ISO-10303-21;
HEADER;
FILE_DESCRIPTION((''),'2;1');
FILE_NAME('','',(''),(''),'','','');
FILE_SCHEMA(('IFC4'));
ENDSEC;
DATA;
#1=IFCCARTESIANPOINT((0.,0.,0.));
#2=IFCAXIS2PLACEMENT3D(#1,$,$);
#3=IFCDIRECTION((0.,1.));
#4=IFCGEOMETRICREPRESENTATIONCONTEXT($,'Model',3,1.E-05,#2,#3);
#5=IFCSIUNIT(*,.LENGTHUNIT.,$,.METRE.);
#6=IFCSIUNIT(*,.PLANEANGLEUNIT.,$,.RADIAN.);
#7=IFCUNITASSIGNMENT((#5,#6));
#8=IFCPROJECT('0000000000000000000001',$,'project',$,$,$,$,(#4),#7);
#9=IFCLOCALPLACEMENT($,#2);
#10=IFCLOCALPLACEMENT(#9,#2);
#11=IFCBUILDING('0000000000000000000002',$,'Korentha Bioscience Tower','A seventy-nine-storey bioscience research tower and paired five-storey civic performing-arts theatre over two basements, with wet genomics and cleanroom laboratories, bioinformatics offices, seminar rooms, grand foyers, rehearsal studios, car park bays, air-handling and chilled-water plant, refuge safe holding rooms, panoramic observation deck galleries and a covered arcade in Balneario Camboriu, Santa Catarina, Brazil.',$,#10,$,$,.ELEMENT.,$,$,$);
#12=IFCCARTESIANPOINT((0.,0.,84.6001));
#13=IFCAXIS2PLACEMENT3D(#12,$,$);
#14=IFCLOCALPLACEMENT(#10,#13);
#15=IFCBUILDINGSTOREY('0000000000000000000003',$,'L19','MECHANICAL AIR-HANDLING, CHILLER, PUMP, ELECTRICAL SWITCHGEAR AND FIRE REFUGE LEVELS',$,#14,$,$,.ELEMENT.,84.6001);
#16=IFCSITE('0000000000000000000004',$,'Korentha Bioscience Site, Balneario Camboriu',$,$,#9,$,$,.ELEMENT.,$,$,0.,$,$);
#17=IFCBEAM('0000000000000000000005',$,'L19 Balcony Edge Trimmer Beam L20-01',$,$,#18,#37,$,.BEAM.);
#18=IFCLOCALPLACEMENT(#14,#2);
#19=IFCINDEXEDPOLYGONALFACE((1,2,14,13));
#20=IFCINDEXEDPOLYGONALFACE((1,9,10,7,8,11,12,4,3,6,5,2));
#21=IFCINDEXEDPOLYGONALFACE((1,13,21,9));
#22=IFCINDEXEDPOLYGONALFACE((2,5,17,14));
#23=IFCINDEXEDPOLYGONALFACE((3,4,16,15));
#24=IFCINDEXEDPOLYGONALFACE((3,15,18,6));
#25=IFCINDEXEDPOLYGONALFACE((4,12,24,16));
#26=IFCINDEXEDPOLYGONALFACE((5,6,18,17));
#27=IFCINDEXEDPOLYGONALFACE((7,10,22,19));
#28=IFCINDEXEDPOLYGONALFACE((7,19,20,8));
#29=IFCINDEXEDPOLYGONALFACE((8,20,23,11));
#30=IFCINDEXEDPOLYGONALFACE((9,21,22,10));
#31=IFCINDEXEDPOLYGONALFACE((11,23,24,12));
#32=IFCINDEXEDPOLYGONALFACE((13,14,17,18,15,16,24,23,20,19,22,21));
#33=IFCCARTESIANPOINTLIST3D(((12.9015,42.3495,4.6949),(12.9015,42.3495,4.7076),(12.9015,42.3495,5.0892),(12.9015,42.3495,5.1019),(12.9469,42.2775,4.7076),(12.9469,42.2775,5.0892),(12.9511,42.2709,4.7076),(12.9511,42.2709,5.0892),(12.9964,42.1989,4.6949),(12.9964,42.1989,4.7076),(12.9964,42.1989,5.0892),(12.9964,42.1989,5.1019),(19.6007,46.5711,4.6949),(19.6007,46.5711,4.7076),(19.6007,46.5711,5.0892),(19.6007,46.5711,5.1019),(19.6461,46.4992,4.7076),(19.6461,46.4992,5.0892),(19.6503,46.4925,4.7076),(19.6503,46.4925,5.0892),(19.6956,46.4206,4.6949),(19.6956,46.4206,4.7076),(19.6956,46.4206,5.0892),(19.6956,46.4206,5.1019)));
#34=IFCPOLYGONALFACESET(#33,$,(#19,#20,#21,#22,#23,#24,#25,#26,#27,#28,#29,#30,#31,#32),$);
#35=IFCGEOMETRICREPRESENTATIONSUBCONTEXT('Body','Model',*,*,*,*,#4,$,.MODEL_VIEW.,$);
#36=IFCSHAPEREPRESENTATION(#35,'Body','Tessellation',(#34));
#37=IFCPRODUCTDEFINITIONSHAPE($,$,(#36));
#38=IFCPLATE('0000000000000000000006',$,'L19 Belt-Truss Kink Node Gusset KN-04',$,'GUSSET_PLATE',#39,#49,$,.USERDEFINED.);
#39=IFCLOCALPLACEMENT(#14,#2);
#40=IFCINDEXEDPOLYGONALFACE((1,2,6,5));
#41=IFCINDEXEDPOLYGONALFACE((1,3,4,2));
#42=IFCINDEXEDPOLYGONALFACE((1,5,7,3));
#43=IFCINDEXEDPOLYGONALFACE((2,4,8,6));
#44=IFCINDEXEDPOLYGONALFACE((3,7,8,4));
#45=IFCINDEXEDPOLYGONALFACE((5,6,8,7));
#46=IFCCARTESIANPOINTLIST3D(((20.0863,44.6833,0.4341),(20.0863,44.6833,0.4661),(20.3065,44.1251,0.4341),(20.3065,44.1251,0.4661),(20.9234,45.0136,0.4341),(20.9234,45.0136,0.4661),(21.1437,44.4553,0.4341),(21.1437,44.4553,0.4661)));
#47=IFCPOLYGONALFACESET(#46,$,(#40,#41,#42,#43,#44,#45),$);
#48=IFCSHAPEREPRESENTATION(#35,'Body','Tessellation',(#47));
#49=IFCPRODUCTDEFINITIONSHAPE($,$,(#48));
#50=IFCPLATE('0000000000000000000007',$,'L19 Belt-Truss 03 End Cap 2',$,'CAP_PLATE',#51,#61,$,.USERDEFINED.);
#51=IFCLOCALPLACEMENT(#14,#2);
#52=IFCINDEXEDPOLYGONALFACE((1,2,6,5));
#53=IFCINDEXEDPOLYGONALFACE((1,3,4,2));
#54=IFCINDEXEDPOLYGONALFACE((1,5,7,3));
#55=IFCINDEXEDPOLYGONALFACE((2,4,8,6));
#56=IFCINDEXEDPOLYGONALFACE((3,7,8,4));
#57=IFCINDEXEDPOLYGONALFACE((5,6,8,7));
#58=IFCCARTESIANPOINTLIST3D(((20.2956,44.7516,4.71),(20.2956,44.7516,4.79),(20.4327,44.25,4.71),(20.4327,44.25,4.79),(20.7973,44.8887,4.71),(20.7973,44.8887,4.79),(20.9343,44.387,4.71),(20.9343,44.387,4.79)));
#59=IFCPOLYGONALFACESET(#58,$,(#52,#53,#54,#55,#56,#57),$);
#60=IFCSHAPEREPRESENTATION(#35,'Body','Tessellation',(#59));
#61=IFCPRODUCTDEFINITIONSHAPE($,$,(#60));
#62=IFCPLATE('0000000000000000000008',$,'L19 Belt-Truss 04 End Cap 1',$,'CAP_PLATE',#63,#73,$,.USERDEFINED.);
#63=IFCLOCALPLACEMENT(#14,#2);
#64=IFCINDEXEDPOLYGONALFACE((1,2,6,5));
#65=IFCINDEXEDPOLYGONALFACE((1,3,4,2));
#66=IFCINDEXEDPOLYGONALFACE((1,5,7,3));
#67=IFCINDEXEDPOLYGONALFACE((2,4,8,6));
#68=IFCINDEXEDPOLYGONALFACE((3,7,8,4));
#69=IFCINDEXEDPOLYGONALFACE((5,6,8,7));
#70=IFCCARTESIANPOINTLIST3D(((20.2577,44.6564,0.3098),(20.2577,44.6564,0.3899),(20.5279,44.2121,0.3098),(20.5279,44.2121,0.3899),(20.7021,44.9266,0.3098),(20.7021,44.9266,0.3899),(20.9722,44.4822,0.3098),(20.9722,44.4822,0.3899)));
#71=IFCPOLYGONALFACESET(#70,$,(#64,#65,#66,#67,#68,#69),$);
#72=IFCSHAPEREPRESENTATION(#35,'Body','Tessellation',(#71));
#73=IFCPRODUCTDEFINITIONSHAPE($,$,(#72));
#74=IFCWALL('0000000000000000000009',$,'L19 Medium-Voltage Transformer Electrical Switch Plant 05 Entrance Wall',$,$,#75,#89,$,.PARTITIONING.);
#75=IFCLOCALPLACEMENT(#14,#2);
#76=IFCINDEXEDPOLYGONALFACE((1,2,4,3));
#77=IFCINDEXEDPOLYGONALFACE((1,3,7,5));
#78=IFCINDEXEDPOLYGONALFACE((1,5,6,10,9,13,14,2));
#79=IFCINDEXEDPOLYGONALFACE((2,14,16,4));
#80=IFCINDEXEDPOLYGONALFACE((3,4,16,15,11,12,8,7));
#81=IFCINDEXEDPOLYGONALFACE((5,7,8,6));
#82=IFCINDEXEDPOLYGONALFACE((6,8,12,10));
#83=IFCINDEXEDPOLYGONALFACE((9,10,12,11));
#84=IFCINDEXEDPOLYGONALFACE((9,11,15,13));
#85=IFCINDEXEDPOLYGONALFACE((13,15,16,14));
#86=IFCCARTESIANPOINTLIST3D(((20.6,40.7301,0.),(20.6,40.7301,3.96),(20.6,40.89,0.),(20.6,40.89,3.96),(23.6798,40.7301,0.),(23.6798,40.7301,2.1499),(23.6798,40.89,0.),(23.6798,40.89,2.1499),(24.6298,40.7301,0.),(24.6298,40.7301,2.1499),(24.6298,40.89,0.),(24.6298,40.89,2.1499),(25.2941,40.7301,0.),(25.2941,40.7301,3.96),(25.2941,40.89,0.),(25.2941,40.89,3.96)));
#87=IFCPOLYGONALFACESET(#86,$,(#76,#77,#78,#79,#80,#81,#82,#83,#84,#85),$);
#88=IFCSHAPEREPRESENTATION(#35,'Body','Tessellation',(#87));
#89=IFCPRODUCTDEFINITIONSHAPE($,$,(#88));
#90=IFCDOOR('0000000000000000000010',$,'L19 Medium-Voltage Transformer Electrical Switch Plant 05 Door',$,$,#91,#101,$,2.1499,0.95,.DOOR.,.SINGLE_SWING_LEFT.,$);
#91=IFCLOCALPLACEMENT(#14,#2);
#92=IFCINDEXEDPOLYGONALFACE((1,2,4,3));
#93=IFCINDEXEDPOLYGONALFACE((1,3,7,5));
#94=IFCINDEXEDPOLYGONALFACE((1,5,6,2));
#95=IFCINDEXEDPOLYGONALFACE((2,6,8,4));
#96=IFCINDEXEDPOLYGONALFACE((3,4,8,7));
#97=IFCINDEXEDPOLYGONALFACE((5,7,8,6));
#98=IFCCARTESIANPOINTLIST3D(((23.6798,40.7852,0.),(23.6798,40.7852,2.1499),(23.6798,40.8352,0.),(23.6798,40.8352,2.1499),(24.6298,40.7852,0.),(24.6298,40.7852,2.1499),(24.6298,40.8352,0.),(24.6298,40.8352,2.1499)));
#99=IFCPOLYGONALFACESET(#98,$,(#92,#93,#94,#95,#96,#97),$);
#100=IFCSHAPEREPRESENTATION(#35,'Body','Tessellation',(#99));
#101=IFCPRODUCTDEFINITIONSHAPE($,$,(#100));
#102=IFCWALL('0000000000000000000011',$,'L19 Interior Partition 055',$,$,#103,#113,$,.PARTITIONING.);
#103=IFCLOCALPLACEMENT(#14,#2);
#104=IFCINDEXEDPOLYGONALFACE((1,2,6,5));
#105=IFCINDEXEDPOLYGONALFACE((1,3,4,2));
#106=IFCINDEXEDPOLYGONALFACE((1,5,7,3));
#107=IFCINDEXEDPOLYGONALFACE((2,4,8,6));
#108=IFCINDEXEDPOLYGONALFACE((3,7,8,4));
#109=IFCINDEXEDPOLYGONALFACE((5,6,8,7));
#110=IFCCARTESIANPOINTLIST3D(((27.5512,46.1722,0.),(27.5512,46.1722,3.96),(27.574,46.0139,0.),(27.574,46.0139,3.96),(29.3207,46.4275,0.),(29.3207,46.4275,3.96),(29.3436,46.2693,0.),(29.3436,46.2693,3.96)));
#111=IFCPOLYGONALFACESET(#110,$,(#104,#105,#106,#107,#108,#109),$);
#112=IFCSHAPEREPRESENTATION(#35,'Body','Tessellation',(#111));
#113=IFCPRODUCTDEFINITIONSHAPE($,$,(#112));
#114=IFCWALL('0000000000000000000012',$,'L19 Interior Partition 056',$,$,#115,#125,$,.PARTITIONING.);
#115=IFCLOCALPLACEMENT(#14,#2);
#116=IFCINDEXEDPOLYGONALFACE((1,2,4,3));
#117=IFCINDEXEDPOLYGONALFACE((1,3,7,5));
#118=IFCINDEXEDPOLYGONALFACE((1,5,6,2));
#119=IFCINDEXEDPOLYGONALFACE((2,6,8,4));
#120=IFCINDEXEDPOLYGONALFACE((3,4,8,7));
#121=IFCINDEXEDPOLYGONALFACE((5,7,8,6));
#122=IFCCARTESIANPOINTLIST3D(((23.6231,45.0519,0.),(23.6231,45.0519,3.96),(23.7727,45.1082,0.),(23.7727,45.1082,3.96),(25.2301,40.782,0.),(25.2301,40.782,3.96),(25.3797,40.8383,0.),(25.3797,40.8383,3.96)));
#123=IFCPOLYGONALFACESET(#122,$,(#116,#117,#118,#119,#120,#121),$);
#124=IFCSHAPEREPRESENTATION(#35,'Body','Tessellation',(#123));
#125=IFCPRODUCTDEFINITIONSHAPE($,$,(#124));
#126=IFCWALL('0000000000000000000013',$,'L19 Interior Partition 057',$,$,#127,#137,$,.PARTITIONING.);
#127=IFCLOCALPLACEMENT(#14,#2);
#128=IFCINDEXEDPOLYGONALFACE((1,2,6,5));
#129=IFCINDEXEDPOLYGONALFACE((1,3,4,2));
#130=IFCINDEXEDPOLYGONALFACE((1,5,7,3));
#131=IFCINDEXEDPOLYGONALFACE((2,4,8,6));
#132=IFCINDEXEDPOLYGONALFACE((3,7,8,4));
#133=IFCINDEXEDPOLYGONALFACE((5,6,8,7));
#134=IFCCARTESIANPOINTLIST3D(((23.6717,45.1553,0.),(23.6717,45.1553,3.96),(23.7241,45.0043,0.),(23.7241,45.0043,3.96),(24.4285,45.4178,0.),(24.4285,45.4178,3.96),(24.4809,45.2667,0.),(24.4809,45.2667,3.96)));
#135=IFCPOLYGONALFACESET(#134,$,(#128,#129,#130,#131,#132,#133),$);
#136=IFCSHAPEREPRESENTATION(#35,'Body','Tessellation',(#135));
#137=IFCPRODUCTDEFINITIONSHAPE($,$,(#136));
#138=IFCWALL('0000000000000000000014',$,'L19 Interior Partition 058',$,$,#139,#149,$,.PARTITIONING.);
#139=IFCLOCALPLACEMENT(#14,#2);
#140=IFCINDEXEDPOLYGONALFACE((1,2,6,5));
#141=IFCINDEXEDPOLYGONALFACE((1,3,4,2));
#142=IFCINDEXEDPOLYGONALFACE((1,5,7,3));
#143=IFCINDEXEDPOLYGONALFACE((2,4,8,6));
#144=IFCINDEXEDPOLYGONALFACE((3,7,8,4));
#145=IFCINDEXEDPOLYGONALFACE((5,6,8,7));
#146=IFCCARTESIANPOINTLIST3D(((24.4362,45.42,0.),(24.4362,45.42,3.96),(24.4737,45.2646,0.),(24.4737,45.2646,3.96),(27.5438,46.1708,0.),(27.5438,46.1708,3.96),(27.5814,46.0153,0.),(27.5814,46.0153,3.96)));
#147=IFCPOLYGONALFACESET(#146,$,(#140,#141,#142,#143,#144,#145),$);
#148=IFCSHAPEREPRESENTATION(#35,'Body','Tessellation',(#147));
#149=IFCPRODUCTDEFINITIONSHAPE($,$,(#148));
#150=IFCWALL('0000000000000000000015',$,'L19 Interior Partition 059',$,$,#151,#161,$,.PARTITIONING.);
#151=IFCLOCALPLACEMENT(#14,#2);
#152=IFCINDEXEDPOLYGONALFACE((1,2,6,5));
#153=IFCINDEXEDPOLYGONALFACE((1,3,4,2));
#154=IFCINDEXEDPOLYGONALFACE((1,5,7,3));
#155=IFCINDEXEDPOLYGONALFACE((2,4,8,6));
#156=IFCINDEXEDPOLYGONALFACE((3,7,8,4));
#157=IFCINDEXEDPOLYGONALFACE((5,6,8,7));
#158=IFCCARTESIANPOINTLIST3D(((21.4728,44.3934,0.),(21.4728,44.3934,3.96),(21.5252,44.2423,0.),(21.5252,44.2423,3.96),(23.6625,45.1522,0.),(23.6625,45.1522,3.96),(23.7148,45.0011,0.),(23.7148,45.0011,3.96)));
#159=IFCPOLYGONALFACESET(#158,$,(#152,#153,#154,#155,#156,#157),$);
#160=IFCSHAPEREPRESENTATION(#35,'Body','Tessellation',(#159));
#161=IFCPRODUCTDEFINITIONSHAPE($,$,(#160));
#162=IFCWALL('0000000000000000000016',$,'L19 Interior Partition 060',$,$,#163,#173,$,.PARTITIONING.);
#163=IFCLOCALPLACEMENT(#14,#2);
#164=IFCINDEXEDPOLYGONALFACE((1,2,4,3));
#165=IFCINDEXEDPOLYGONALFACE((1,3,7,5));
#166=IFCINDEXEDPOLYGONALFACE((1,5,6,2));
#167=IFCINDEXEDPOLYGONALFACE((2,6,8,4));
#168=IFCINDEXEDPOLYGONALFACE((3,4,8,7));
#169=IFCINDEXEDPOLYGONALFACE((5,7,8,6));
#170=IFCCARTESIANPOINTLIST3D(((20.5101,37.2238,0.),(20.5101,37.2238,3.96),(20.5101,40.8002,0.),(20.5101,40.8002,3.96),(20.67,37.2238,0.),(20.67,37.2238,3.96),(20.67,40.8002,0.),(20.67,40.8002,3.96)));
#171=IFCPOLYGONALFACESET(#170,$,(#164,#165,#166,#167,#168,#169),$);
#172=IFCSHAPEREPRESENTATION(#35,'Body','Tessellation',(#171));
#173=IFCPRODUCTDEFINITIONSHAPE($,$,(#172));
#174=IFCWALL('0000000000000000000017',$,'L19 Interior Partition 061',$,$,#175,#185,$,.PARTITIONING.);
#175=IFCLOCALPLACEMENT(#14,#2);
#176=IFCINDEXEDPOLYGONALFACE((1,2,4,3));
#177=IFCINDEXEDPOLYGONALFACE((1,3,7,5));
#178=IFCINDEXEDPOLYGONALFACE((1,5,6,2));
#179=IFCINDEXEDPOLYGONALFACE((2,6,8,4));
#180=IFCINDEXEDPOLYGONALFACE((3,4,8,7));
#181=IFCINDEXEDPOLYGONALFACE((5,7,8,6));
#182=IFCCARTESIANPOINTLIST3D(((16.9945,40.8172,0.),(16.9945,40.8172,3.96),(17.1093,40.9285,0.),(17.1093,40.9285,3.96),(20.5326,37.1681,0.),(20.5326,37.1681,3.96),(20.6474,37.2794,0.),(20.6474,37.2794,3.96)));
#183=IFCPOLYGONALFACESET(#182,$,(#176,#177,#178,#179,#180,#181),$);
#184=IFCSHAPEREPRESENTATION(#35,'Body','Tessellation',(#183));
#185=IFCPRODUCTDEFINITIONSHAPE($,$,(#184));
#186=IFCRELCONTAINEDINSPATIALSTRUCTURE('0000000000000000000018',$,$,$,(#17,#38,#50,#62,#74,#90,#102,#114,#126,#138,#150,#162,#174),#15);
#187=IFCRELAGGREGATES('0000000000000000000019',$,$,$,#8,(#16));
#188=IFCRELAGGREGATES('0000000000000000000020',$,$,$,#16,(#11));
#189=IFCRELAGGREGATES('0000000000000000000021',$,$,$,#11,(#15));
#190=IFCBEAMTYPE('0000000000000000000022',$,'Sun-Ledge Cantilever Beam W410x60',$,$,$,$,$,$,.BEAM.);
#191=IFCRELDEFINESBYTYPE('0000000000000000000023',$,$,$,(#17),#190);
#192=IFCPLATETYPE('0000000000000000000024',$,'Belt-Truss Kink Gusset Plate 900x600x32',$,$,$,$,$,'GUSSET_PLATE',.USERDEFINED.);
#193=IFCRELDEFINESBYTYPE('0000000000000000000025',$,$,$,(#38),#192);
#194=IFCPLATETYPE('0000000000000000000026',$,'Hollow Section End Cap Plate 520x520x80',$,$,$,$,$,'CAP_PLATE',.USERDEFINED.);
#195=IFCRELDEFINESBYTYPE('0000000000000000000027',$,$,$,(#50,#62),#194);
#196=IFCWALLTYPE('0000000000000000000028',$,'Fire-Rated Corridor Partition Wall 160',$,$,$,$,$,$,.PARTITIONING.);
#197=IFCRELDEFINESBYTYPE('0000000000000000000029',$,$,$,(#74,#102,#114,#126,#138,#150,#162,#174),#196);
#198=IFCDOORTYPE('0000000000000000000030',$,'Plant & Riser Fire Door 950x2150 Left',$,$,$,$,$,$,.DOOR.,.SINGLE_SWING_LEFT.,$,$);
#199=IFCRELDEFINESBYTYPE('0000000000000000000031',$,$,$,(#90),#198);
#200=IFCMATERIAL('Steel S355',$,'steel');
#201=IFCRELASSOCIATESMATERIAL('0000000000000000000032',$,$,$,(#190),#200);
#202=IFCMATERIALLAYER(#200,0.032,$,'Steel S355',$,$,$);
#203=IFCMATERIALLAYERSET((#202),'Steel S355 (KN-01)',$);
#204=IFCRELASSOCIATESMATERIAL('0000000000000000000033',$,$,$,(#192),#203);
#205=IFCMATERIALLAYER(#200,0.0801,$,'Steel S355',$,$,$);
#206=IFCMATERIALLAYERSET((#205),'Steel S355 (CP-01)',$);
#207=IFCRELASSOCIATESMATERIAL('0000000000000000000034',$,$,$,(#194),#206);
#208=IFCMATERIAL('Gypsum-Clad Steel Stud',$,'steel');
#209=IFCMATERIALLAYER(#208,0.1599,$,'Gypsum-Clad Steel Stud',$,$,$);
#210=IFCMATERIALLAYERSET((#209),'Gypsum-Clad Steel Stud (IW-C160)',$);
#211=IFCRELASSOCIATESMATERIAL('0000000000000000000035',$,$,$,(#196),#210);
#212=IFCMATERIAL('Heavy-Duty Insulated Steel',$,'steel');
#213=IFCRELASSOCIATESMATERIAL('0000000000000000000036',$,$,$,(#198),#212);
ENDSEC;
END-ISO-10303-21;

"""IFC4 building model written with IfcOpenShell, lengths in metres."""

from ifc_helpers import new_model, si_unit, direction, frame, frame_2d, origin, origin_2d, place, context, subcontext, project, spatial, rectangle, i_section, extrude, material, layer, layer_set, material_profile, profile_set, type_object, element, fill, save


model = new_model("IFC4")

# Units and contexts
model_context = context("Model", 3, precision=1e-05, world=origin(), true_north=direction((0.0, 1.0)))
body_context = subcontext(model_context, "Body", "Model", "MODEL_VIEW")
ifc_project = project(units=[si_unit("LENGTHUNIT", "METRE"), si_unit("PLANEANGLEUNIT", "RADIAN")], contexts=[model_context])

# Site, building, storey
site_placement = place(None, origin())
site = spatial("IfcSite", under=ifc_project, at=site_placement, Name="Korentha Bioscience Site, Balneario Camboriu", CompositionType="ELEMENT", RefElevation=0.0)
building_placement = place(site_placement, origin())
building = spatial("IfcBuilding", under=site, at=building_placement, Name="Korentha Bioscience Tower", Description="A seventy-nine-storey bioscience research tower and paired five-storey civic performing-arts theatre over two basements, with wet genomics and cleanroom laboratories, bioinformatics offices, seminar rooms, grand foyers, rehearsal studios, car park bays, air-handling and chilled-water plant, refuge safe holding rooms, panoramic observation deck galleries and a covered arcade in Balneario Camboriu, Santa Catarina, Brazil.", CompositionType="ELEMENT")
storey_placement = place(building_placement, frame((0.0, 0.0, 84.6001)))
storey = spatial("IfcBuildingStorey", under=building, at=storey_placement, Name="L19", Description="MECHANICAL AIR-HANDLING, CHILLER, PUMP, ELECTRICAL SWITCHGEAR AND FIRE REFUGE LEVELS", CompositionType="ELEMENT", Elevation=84.6001)

# Shared definitions
ifc_material_1 = material(Name="Steel S355", Category="steel")

# Beam
ifc_material_profile_1 = material_profile(ifc_material_1, i_section(OverallWidth=0.178, OverallDepth=0.407, WebThickness=0.0078, FlangeThickness=0.0127, at=origin_2d()), Name="Steel S355")
ifc_profile_set_1 = profile_set([ifc_material_profile_1], Name="Steel S355 (CB-410)")
beam_type_1 = type_object("IfcBeamType", Name="Sun-Ledge Cantilever Beam W410x60", PredefinedType="BEAM", material=ifc_profile_set_1)
beam_1_placement = place(storey_placement, frame((19.6482, 46.4958, 4.8984), z_axis=(-0.846025, -0.533144, 0.0), x_axis=(0.533144, -0.846025, 0.0)))
element("IfcBeam", 1, at=beam_1_placement, inside=storey, type_object=beam_type_1, Name="L19 Balcony Edge Trimmer Beam L20-01", PredefinedType="BEAM", context=body_context, shape_type="SweptSolid", body=[
    extrude(i_section(OverallWidth=0.178, OverallDepth=0.407, WebThickness=0.0078, FlangeThickness=0.0127, at=origin_2d()), origin(), (0.0, 0.0, 1.0), 7.9185),
])

# Plates
ifc_layer_1 = layer(ifc_material_1, 0.032, Name="Steel S355")
ifc_layer_set_1 = layer_set([ifc_layer_1], Name="Steel S355 (KN-01)")
plate_type_1 = type_object("IfcPlateType", Name="Belt-Truss Kink Gusset Plate 900x600x32", ElementType="GUSSET_PLATE", PredefinedType="USERDEFINED", material=ifc_layer_set_1)
plate_placement = place(storey_placement, frame((20.615, 44.5693, 0.4341), z_axis=(0.0, 0.0, 1.0), x_axis=(0.930226, 0.366988, 0.0)))
element("IfcPlate", 2, at=plate_placement, inside=storey, type_object=plate_type_1, Name="L19 Belt-Truss Kink Node Gusset KN-04", ObjectType="GUSSET_PLATE", PredefinedType="USERDEFINED", context=body_context, shape_type="SweptSolid", body=[
    extrude(rectangle(XDim=0.8999, YDim=0.6001, at=origin_2d()), origin(), (0.0, 0.0, 1.0), 0.032),
])
ifc_layer_2 = layer(ifc_material_1, 0.0801, Name="Steel S355")
ifc_layer_set_2 = layer_set([ifc_layer_2], Name="Steel S355 (CP-01)")
plate_type_2 = type_object("IfcPlateType", Name="Hollow Section End Cap Plate 520x520x80", ElementType="CAP_PLATE", PredefinedType="USERDEFINED", material=ifc_layer_set_2)
for number, where, z_axis, x_axis, name in (
    (3, (20.615, 44.5693, 4.71), (0.0, 0.0, 1.0), (0.964649, 0.263536, 0.0), "L19 Belt-Truss 03 End Cap 2"),
    (4, (20.615, 44.5693, 0.3098), (0.0, 0.0, 1.0), (0.854459, 0.519519, 0.0), "L19 Belt-Truss 04 End Cap 1"),
):
    element("IfcPlate", number, at=place(storey_placement, frame(where, z_axis=z_axis, x_axis=x_axis)), inside=storey, type_object=plate_type_2, Name=name, ObjectType="CAP_PLATE", PredefinedType="USERDEFINED", context=body_context, shape_type="SweptSolid", body=[
        extrude(rectangle(XDim=0.52, YDim=0.52, at=origin_2d()), origin(), (0.0, 0.0, 1.0), 0.0801),
    ])

# Wall, opening, door
ifc_material_2 = material(Name="Gypsum-Clad Steel Stud", Category="steel")
ifc_layer_3 = layer(ifc_material_2, 0.1599, Name="Gypsum-Clad Steel Stud")
ifc_layer_set_3 = layer_set([ifc_layer_3], Name="Gypsum-Clad Steel Stud (IW-C160)")
wall_type_1 = type_object("IfcWallType", Name="Fire-Rated Corridor Partition Wall 160", PredefinedType="PARTITIONING", material=ifc_layer_set_3)
wall_1_placement = place(storey_placement, frame((25.2942, 40.8101, 0.0), z_axis=(0.0, 0.0, 1.0), x_axis=(-1.0, 0.0, 0.0)))
wall_1 = element("IfcWall", 5, at=wall_1_placement, inside=storey, type_object=wall_type_1, Name="L19 Medium-Voltage Transformer Electrical Switch Plant 05 Entrance Wall", PredefinedType="PARTITIONING", context=body_context, shape_type="SweptSolid", body=[
    extrude(rectangle(XDim=4.6941, YDim=0.1599, at=frame_2d((2.3472, 0.0))), origin(), (0.0, 0.0, 1.0), 3.96),
])
opening_placement = place(wall_1_placement, frame((0.6643, 0.0, 0.0)))
opening = element("IfcOpeningElement", 6, at=opening_placement, cuts=wall_1, PredefinedType="OPENING", context=body_context, shape_type="SweptSolid", body=[
    extrude(rectangle(XDim=0.95, YDim=2.1499, at=frame_2d((0.4751, 1.075))), frame((0.0, 0.0947, 0.0), z_axis=(0.0, -1.0, 0.0), x_axis=(1.0, 0.0, 0.0)), (0.0, 0.0, 1.0), 0.1897),
])
ifc_material_3 = material(Name="Heavy-Duty Insulated Steel", Category="steel")
door_type = type_object("IfcDoorType", Name="Plant & Riser Fire Door 950x2150 Left", OperationType="SINGLE_SWING_LEFT", PredefinedType="DOOR", material=ifc_material_3)
door_placement = place(opening_placement, origin())
door = element("IfcDoor", 7, at=door_placement, inside=storey, type_object=door_type, Name="L19 Medium-Voltage Transformer Electrical Switch Plant 05 Door", OperationType="SINGLE_SWING_LEFT", OverallHeight=2.1499, OverallWidth=0.95, PredefinedType="DOOR", context=body_context, shape_type="SweptSolid", body=[
    extrude(rectangle(XDim=0.95, YDim=2.1499, at=frame_2d((0.4751, 1.075))), frame((0.0, 0.0249, 0.0), z_axis=(0.0, -1.0, 0.0), x_axis=(1.0, 0.0, 0.0)), (0.0, 0.0, 1.0), 0.05),
])
fill(opening, door)

# Walls
wall_2_placement = place(storey_placement, frame((27.5625, 46.093, 0.0), z_axis=(0.0, 0.0, 1.0), x_axis=(0.989746, 0.142836, 0.0)))
element("IfcWall", 8, at=wall_2_placement, inside=storey, type_object=wall_type_1, Name="L19 Interior Partition 055", PredefinedType="PARTITIONING", context=body_context, shape_type="SweptSolid", body=[
    extrude(rectangle(XDim=1.7878, YDim=0.1599, at=frame_2d((0.894, 0.0))), origin(), (0.0, 0.0, 1.0), 3.96),
])
wall_3_placement = place(storey_placement, frame((25.3049, 40.8101, 0.0), z_axis=(0.0, 0.0, 1.0), x_axis=(-0.352232, 0.935913, 0.0)))
element("IfcWall", 9, at=wall_3_placement, inside=storey, type_object=wall_type_1, Name="L19 Interior Partition 056", PredefinedType="PARTITIONING", context=body_context, shape_type="SweptSolid", body=[
    extrude(rectangle(XDim=4.5623, YDim=0.1599, at=frame_2d((2.2812, 0.0))), origin(), (0.0, 0.0, 1.0), 3.96),
])
wall_4_placement = place(storey_placement, frame((23.698, 45.0798, 0.0), z_axis=(0.0, 0.0, 1.0), x_axis=(0.944805, 0.327634, 0.0)))
element("IfcWall", 10, at=wall_4_placement, inside=storey, type_object=wall_type_1, Name="L19 Interior Partition 057", PredefinedType="PARTITIONING", context=body_context, shape_type="SweptSolid", body=[
    extrude(rectangle(XDim=0.801, YDim=0.1599, at=frame_2d((0.4004, 0.0))), origin(), (0.0, 0.0, 1.0), 3.96),
])
wall_5_placement = place(storey_placement, frame((24.4548, 45.3423, 0.0), z_axis=(0.0, 0.0, 1.0), x_axis=(0.972039, 0.23482, 0.0)))
element("IfcWall", 11, at=wall_5_placement, inside=storey, type_object=wall_type_1, Name="L19 Interior Partition 058", PredefinedType="PARTITIONING", context=body_context, shape_type="SweptSolid", body=[
    extrude(rectangle(XDim=3.197, YDim=0.1599, at=frame_2d((1.5986, 0.0))), origin(), (0.0, 0.0, 1.0), 3.96),
])
wall_6_placement = place(storey_placement, frame((21.499, 44.3179, 0.0), z_axis=(0.0, 0.0, 1.0), x_axis=(0.944877, 0.327425, 0.0)))
element("IfcWall", 12, at=wall_6_placement, inside=storey, type_object=wall_type_1, Name="L19 Interior Partition 059", PredefinedType="PARTITIONING", context=body_context, shape_type="SweptSolid", body=[
    extrude(rectangle(XDim=2.3174, YDim=0.1599, at=frame_2d((1.1587, 0.0))), origin(), (0.0, 0.0, 1.0), 3.96),
])
wall_7_placement = place(storey_placement, frame((20.5901, 40.8, 0.0), z_axis=(0.0, 0.0, 1.0), x_axis=(0.0, -1.0, 0.0)))
element("IfcWall", 13, at=wall_7_placement, inside=storey, type_object=wall_type_1, Name="L19 Interior Partition 060", PredefinedType="PARTITIONING", context=body_context, shape_type="SweptSolid", body=[
    extrude(rectangle(XDim=3.5764, YDim=0.1599, at=frame_2d((1.7881, 0.0))), origin(), (0.0, 0.0, 1.0), 3.96),
])
wall_8_placement = place(storey_placement, frame((20.5901, 37.2236, 0.0), z_axis=(0.0, 0.0, 1.0), x_axis=(-0.696095, 0.71795, 0.0)))
element("IfcWall", 14, at=wall_8_placement, inside=storey, type_object=wall_type_1, Name="L19 Interior Partition 061", PredefinedType="PARTITIONING", context=body_context, shape_type="SweptSolid", body=[
    extrude(rectangle(XDim=5.0828, YDim=0.1599, at=frame_2d((2.5415, 0.0))), origin(), (0.0, 0.0, 1.0), 3.96),
])

save(model, "model.ifc")
